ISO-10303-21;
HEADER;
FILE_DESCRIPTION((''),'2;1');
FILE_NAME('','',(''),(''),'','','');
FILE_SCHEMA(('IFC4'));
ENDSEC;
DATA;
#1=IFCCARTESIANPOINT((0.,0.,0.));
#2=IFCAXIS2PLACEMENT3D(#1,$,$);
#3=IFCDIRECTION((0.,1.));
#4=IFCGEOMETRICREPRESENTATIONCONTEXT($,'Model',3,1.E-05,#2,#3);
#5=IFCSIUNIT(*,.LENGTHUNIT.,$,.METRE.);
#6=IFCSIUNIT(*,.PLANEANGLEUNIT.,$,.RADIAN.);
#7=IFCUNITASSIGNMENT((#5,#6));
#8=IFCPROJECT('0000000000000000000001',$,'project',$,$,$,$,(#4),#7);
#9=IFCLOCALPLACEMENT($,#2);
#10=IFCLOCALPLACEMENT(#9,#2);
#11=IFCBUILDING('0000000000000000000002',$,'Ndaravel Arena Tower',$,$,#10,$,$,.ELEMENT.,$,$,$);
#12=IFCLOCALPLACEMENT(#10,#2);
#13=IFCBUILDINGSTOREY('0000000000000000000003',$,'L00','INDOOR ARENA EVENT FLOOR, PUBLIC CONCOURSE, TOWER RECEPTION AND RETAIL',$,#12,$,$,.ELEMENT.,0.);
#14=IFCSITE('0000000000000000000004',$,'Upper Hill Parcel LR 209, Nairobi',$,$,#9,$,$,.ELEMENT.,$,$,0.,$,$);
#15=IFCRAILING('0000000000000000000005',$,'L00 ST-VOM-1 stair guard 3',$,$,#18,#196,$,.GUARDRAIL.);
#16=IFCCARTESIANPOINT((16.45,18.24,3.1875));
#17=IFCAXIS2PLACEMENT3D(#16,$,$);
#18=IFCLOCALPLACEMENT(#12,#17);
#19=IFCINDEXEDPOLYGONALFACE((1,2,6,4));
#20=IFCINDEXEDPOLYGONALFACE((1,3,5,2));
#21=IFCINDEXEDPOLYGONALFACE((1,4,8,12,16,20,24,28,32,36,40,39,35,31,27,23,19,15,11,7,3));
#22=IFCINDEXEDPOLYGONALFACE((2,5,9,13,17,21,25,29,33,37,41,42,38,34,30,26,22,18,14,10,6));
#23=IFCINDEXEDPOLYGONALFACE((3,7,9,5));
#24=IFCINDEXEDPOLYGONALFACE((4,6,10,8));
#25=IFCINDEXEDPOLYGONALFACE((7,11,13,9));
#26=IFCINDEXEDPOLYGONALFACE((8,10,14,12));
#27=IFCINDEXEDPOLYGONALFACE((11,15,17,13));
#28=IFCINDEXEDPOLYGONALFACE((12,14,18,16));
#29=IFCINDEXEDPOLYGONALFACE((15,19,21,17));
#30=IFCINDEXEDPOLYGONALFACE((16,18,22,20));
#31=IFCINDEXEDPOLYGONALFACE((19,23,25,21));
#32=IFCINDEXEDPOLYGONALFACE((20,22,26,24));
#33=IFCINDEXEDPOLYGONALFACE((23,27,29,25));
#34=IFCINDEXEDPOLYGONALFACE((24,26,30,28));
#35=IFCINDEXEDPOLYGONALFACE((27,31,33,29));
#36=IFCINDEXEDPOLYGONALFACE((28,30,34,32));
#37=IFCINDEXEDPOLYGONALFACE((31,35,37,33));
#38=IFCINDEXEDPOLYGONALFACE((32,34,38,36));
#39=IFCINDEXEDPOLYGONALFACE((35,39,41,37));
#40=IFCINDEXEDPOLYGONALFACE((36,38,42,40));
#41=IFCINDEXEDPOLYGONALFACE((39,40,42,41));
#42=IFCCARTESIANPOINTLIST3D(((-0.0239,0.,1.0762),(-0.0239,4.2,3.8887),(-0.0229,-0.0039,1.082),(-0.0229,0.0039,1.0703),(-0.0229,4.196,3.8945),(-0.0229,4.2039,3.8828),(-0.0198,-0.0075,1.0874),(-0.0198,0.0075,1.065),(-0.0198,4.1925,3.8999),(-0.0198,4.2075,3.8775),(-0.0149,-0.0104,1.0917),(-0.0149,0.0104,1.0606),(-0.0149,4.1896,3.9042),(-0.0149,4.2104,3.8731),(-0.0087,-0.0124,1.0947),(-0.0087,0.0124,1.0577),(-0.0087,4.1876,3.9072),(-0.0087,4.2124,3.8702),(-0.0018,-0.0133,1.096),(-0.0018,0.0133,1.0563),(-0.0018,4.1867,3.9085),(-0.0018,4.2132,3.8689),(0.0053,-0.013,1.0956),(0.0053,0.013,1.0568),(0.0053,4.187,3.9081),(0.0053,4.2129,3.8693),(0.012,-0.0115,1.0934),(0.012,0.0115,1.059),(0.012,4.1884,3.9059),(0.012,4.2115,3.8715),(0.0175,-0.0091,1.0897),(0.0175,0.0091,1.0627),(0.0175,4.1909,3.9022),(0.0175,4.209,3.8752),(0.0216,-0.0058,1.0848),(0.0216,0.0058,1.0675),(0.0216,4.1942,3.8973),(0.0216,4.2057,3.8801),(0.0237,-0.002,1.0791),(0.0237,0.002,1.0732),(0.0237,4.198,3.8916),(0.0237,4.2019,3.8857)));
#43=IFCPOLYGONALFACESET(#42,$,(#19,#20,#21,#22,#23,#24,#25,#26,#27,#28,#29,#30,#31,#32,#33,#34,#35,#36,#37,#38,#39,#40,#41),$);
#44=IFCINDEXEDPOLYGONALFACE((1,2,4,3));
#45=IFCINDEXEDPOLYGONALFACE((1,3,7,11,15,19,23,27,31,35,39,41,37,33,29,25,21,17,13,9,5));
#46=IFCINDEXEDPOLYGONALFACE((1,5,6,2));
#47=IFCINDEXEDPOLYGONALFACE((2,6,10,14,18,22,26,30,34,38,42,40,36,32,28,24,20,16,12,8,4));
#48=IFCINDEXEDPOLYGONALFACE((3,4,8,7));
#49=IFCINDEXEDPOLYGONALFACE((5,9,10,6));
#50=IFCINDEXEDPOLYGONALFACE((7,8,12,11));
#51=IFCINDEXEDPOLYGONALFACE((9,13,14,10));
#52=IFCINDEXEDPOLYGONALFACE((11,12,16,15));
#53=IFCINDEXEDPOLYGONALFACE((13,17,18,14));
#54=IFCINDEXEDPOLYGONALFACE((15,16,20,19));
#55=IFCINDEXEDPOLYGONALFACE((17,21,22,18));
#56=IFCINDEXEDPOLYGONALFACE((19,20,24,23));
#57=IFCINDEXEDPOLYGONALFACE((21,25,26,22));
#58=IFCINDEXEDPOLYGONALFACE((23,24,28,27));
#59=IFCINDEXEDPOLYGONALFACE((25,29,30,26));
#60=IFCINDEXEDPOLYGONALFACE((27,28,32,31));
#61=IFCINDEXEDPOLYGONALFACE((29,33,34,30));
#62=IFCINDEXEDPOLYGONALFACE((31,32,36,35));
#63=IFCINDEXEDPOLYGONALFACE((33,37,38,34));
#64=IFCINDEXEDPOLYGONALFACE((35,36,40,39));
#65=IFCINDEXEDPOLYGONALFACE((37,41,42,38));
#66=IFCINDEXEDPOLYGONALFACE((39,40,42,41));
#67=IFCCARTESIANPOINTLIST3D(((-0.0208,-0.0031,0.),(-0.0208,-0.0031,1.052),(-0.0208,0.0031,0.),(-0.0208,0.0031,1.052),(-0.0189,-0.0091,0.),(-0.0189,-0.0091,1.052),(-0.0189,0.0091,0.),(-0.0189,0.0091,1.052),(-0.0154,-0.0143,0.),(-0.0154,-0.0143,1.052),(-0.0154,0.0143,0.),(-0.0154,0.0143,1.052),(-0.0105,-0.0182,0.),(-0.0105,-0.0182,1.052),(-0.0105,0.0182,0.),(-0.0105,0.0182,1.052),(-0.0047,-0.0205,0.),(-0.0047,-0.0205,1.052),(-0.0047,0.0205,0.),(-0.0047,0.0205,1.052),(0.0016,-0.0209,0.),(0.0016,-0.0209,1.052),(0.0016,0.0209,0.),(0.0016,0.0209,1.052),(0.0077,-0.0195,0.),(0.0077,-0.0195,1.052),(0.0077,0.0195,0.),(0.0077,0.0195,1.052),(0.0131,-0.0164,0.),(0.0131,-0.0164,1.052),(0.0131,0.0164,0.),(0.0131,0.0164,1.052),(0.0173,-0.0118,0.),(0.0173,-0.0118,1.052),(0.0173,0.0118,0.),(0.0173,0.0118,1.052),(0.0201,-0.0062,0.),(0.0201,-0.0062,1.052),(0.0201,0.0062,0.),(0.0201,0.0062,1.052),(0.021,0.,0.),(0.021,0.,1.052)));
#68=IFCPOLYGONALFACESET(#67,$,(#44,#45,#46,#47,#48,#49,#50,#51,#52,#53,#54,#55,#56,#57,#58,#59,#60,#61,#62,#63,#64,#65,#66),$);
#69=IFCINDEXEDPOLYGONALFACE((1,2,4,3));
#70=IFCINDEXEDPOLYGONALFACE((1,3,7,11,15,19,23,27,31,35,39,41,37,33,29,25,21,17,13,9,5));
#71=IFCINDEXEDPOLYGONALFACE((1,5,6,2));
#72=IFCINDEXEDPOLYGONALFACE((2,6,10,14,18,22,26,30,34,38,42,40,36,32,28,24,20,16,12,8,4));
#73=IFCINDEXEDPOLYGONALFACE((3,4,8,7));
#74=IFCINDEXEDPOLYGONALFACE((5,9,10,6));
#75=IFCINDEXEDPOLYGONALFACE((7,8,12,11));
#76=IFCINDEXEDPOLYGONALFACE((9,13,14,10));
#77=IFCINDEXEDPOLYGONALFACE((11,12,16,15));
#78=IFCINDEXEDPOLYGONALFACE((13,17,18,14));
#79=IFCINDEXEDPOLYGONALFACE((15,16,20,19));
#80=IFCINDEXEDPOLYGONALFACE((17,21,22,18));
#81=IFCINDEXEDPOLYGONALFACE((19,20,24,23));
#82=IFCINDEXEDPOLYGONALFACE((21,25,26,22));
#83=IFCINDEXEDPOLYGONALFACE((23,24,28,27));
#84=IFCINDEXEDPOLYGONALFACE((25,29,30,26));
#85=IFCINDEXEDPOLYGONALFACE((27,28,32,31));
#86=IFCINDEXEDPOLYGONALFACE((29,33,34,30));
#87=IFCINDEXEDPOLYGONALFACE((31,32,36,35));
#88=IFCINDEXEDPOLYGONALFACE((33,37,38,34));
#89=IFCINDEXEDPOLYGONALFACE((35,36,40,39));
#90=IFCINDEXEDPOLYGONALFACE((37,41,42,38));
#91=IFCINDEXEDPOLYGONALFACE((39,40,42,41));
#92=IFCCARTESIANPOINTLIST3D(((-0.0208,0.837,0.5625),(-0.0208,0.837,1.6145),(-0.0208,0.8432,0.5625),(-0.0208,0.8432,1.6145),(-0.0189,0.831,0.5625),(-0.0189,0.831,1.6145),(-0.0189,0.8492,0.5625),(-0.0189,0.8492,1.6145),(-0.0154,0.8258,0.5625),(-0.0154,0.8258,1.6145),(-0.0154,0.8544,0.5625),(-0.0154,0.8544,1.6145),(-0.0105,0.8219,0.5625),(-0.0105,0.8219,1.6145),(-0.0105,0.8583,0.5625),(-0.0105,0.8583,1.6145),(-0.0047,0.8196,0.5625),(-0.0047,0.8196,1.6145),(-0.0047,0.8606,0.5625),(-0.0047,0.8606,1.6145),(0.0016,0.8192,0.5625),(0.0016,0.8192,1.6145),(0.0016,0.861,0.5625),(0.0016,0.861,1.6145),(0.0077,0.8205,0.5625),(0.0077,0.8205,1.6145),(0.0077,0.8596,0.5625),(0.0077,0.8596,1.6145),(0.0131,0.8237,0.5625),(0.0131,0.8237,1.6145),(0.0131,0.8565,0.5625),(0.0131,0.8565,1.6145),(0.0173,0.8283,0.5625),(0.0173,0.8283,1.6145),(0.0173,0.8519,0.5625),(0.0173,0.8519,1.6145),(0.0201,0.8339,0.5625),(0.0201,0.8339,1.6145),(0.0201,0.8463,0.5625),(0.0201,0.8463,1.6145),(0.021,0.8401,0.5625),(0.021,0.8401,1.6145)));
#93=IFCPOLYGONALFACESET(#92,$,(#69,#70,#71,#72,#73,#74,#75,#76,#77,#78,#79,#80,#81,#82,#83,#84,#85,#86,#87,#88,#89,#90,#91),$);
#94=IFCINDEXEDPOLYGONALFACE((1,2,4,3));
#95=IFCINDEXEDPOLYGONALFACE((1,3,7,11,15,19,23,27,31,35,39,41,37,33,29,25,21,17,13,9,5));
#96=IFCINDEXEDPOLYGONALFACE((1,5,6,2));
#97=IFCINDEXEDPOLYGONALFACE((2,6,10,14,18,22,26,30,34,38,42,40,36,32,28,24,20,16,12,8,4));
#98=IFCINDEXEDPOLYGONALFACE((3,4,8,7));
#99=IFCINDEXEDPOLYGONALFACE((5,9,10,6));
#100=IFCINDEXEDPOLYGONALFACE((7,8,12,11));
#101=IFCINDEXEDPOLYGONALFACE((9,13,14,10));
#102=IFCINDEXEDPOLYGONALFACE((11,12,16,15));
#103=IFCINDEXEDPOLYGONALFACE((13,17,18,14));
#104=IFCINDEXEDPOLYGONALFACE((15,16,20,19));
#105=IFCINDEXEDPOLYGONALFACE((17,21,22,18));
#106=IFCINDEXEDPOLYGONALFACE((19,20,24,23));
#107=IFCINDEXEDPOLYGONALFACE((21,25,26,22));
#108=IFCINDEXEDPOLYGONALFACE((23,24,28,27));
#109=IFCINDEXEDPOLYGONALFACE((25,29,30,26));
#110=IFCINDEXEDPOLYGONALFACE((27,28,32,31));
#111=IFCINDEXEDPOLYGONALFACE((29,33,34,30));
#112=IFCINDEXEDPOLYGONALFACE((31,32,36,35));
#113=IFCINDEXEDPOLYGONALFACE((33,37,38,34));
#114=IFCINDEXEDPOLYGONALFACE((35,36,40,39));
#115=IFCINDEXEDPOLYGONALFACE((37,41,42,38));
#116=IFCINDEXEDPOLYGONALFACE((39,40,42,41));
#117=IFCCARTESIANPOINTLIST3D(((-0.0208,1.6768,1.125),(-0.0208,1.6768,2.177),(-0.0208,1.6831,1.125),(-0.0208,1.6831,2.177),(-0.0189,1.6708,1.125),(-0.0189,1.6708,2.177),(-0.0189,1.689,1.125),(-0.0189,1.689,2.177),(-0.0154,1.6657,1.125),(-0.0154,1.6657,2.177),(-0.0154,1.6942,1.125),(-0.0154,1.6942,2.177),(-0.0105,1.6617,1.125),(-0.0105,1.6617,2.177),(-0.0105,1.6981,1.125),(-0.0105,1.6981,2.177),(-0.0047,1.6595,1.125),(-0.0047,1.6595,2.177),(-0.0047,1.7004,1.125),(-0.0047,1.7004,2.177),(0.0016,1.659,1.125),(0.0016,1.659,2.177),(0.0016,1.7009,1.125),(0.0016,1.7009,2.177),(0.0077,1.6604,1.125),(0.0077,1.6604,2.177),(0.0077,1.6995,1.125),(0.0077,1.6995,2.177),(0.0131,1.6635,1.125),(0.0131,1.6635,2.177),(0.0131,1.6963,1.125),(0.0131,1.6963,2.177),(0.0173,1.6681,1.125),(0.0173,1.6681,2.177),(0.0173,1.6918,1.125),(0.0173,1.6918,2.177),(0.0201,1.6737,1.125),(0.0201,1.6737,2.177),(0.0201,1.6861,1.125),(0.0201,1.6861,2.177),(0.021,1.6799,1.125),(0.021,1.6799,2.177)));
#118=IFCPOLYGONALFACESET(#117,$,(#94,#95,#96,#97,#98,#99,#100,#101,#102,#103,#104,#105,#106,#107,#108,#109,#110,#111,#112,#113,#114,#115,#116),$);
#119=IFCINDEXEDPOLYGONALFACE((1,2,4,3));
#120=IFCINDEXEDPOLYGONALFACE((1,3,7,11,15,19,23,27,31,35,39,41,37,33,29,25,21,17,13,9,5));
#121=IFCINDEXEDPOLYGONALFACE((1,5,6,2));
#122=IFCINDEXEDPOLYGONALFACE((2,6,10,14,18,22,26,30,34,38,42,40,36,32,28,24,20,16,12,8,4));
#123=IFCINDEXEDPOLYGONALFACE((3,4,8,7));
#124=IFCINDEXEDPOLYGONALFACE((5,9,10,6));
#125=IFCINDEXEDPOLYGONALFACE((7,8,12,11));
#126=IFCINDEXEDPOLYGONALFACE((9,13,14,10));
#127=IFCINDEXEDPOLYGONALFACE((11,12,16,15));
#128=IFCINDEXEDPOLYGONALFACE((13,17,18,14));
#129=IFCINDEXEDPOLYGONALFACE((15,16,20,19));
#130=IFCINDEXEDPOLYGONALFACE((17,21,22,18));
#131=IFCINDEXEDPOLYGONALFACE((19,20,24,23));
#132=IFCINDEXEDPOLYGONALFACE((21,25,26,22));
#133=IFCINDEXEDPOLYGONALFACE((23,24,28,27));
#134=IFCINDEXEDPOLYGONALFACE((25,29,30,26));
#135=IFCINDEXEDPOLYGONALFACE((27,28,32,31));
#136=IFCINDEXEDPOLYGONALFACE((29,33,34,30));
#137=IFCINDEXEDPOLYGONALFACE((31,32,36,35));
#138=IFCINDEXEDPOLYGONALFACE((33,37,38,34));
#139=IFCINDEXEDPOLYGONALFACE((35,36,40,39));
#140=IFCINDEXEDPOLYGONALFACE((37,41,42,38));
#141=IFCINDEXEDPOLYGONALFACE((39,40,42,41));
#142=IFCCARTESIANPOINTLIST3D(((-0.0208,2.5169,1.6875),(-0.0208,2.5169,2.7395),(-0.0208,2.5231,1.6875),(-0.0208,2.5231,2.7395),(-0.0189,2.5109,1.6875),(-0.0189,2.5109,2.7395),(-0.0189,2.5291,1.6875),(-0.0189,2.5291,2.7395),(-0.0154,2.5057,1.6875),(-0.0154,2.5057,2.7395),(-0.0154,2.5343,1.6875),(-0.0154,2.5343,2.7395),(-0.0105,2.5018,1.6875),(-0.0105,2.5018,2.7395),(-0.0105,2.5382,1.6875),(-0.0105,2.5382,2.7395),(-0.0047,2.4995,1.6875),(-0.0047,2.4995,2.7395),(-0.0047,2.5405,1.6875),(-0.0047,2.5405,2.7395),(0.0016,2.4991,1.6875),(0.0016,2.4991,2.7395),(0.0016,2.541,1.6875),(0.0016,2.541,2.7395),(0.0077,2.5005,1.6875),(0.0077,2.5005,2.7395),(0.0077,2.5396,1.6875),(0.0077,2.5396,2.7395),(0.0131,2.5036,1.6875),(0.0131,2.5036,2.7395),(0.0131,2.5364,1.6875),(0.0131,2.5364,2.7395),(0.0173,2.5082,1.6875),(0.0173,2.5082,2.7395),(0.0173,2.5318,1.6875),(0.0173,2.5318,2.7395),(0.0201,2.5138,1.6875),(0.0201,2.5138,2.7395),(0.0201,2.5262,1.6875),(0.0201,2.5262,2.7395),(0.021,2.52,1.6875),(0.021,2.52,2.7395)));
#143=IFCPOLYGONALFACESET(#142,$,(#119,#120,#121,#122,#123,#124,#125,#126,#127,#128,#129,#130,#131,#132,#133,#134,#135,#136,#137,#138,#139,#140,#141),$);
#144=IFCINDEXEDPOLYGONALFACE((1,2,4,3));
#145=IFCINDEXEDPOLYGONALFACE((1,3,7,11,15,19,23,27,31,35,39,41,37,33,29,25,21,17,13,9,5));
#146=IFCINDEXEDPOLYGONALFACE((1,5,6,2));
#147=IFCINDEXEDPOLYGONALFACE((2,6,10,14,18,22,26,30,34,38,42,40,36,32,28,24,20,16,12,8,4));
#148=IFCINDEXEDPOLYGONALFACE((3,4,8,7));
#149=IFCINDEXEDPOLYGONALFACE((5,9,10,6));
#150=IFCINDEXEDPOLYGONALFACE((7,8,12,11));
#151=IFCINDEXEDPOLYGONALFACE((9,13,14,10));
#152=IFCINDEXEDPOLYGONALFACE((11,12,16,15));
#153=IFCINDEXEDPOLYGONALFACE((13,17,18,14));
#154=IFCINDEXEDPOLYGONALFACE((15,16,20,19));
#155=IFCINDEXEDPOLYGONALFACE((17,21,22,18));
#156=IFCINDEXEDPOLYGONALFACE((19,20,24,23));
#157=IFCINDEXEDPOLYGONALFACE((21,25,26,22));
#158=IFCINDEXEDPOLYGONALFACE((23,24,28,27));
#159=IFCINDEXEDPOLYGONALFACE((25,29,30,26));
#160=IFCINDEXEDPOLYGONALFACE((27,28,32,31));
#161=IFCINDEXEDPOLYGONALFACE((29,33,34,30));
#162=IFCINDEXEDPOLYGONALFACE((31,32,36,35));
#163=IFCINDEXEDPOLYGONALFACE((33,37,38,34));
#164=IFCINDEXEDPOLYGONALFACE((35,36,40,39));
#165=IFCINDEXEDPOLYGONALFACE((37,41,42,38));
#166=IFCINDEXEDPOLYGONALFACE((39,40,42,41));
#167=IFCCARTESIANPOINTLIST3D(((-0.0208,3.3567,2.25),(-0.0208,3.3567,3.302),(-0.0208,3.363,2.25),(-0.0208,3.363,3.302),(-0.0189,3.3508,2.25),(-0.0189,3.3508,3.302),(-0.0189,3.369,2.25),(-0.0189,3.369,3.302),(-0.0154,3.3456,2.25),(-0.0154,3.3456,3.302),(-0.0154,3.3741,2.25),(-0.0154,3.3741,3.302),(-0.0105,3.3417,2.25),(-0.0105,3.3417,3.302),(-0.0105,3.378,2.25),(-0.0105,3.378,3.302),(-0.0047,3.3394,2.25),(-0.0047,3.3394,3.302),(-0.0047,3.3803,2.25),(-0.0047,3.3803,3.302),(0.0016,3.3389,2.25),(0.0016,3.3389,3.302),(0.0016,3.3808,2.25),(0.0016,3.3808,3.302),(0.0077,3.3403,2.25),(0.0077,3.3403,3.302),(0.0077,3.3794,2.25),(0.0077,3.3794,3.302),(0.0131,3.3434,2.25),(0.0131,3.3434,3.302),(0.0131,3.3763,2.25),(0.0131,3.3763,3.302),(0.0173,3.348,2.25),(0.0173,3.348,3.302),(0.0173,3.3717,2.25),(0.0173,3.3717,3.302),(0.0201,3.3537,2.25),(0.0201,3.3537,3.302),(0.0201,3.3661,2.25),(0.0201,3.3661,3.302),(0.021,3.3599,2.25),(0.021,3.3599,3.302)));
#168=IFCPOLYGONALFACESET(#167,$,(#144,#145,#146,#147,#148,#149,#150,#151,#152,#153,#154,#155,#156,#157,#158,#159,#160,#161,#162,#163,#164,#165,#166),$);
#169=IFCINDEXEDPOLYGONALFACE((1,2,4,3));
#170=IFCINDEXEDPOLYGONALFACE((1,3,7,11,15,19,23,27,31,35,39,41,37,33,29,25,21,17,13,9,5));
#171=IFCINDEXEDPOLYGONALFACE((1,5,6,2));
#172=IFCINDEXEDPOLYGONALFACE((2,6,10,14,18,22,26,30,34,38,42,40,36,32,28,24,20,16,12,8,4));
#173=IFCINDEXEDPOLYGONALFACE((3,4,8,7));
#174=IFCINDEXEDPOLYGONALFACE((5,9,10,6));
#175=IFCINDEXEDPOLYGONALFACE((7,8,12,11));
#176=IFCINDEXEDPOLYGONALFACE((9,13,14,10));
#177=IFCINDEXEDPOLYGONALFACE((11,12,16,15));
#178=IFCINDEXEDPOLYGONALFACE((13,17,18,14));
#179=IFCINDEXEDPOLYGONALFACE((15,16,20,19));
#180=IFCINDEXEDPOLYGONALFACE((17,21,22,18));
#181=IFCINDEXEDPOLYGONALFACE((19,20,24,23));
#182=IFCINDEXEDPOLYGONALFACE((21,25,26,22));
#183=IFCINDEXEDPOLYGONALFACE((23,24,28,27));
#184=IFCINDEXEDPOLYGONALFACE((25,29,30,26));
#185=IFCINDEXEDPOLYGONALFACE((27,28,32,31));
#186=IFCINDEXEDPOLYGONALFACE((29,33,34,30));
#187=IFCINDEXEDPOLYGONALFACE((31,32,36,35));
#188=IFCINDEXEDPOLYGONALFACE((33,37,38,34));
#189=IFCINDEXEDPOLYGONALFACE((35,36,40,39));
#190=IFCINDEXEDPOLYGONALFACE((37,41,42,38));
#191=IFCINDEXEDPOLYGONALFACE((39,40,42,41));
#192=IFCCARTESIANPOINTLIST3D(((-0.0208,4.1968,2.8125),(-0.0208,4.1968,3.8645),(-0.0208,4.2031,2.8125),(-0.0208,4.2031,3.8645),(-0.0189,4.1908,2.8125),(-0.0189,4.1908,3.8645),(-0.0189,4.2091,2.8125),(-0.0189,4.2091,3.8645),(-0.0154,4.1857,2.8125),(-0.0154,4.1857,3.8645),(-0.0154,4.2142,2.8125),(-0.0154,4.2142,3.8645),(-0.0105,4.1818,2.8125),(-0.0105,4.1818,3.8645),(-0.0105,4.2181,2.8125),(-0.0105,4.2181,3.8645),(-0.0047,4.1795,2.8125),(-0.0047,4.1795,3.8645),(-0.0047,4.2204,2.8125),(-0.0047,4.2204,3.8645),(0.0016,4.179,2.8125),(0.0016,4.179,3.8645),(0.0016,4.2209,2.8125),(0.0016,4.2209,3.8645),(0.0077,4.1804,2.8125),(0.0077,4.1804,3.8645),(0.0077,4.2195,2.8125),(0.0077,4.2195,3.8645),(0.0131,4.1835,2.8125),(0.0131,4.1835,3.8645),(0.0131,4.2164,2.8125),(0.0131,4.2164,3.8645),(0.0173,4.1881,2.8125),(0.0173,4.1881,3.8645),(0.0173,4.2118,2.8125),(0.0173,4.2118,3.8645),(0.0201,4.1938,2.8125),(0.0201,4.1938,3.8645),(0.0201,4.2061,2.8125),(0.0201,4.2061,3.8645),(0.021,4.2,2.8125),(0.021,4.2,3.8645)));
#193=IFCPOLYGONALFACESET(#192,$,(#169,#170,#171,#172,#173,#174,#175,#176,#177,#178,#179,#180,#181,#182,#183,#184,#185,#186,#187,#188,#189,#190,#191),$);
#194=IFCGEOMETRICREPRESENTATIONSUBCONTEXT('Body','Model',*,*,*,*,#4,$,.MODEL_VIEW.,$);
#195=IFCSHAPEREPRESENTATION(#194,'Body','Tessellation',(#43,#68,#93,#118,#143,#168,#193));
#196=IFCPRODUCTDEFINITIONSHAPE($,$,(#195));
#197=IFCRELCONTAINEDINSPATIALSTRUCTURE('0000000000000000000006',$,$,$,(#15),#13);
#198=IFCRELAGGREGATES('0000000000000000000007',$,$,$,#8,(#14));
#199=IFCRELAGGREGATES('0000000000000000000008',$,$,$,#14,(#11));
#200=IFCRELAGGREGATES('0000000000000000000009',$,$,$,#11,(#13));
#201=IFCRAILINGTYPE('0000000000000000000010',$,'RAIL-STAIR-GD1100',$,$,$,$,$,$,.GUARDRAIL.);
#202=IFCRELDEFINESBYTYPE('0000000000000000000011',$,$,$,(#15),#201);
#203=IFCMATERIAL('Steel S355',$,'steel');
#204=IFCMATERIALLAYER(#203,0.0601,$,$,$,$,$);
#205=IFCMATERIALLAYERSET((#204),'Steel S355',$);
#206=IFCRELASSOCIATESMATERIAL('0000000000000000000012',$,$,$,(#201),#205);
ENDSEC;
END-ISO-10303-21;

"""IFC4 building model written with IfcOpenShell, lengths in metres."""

from ifc_helpers import new_model, si_unit, direction, frame, origin, origin_2d, place, context, subcontext, project, spatial, circle, extrude, material, layer, layer_set, type_object, element, save


model = new_model("IFC4")

# Units and contexts
model_context = context("Model", 3, precision=1e-05, world=origin(), true_north=direction((0.0, 1.0)))
body_context = subcontext(model_context, "Body", "Model", "MODEL_VIEW")
ifc_project = project(units=[si_unit("LENGTHUNIT", "METRE"), si_unit("PLANEANGLEUNIT", "RADIAN")], contexts=[model_context])

# Site, building, storey
site_placement = place(None, origin())
site = spatial("IfcSite", under=ifc_project, at=site_placement, Name="Upper Hill Parcel LR 209, Nairobi", CompositionType="ELEMENT", RefElevation=0.0)
building_placement = place(site_placement, origin())
building = spatial("IfcBuilding", under=site, at=building_placement, Name="Ndaravel Arena Tower", CompositionType="ELEMENT")
storey_placement = place(building_placement, origin())
storey = spatial("IfcBuildingStorey", under=building, at=storey_placement, Name="L00", Description="INDOOR ARENA EVENT FLOOR, PUBLIC CONCOURSE, TOWER RECEPTION AND RETAIL", CompositionType="ELEMENT", Elevation=0.0)

# Railing
ifc_material_1 = material(Name="Steel S355", Category="steel")
ifc_layer_1 = layer(ifc_material_1, 0.0601)
ifc_layer_set_1 = layer_set([ifc_layer_1], Name="Steel S355")
railing_type_1 = type_object("IfcRailingType", Name="RAIL-STAIR-GD1100", PredefinedType="GUARDRAIL", material=ifc_layer_set_1)
railing_1_placement = place(storey_placement, frame((16.45, 18.24, 3.1875)))
element("IfcRailing", 1, at=railing_1_placement, inside=storey, type_object=railing_type_1, Name="L00 ST-VOM-1 stair guard 3", PredefinedType="GUARDRAIL", context=body_context, shape_type="SweptSolid", body=[
    extrude(circle(Radius=0.0239, at=origin_2d()), frame((0.0, 0.0, 1.0762), z_axis=(0.0, 0.830904, 0.556416), x_axis=(-1.0, 0.0, 0.0)), (0.0, 0.0, 1.0), 5.0547),
    extrude(circle(Radius=0.021, at=origin_2d()), origin(), (0.0, 0.0, 1.0), 1.052),
    extrude(circle(Radius=0.021, at=origin_2d()), frame((0.0, 0.8401, 0.5625)), (0.0, 0.0, 1.0), 1.052),
    extrude(circle(Radius=0.021, at=origin_2d()), frame((0.0, 1.6799, 1.125)), (0.0, 0.0, 1.0), 1.052),
    extrude(circle(Radius=0.021, at=origin_2d()), frame((0.0, 2.52, 1.6875)), (0.0, 0.0, 1.0), 1.052),
    extrude(circle(Radius=0.021, at=origin_2d()), frame((0.0, 3.3599, 2.25)), (0.0, 0.0, 1.0), 1.052),
    extrude(circle(Radius=0.021, at=origin_2d()), frame((0.0, 4.2, 2.8125)), (0.0, 0.0, 1.0), 1.052),
])

save(model, "model.ifc")
